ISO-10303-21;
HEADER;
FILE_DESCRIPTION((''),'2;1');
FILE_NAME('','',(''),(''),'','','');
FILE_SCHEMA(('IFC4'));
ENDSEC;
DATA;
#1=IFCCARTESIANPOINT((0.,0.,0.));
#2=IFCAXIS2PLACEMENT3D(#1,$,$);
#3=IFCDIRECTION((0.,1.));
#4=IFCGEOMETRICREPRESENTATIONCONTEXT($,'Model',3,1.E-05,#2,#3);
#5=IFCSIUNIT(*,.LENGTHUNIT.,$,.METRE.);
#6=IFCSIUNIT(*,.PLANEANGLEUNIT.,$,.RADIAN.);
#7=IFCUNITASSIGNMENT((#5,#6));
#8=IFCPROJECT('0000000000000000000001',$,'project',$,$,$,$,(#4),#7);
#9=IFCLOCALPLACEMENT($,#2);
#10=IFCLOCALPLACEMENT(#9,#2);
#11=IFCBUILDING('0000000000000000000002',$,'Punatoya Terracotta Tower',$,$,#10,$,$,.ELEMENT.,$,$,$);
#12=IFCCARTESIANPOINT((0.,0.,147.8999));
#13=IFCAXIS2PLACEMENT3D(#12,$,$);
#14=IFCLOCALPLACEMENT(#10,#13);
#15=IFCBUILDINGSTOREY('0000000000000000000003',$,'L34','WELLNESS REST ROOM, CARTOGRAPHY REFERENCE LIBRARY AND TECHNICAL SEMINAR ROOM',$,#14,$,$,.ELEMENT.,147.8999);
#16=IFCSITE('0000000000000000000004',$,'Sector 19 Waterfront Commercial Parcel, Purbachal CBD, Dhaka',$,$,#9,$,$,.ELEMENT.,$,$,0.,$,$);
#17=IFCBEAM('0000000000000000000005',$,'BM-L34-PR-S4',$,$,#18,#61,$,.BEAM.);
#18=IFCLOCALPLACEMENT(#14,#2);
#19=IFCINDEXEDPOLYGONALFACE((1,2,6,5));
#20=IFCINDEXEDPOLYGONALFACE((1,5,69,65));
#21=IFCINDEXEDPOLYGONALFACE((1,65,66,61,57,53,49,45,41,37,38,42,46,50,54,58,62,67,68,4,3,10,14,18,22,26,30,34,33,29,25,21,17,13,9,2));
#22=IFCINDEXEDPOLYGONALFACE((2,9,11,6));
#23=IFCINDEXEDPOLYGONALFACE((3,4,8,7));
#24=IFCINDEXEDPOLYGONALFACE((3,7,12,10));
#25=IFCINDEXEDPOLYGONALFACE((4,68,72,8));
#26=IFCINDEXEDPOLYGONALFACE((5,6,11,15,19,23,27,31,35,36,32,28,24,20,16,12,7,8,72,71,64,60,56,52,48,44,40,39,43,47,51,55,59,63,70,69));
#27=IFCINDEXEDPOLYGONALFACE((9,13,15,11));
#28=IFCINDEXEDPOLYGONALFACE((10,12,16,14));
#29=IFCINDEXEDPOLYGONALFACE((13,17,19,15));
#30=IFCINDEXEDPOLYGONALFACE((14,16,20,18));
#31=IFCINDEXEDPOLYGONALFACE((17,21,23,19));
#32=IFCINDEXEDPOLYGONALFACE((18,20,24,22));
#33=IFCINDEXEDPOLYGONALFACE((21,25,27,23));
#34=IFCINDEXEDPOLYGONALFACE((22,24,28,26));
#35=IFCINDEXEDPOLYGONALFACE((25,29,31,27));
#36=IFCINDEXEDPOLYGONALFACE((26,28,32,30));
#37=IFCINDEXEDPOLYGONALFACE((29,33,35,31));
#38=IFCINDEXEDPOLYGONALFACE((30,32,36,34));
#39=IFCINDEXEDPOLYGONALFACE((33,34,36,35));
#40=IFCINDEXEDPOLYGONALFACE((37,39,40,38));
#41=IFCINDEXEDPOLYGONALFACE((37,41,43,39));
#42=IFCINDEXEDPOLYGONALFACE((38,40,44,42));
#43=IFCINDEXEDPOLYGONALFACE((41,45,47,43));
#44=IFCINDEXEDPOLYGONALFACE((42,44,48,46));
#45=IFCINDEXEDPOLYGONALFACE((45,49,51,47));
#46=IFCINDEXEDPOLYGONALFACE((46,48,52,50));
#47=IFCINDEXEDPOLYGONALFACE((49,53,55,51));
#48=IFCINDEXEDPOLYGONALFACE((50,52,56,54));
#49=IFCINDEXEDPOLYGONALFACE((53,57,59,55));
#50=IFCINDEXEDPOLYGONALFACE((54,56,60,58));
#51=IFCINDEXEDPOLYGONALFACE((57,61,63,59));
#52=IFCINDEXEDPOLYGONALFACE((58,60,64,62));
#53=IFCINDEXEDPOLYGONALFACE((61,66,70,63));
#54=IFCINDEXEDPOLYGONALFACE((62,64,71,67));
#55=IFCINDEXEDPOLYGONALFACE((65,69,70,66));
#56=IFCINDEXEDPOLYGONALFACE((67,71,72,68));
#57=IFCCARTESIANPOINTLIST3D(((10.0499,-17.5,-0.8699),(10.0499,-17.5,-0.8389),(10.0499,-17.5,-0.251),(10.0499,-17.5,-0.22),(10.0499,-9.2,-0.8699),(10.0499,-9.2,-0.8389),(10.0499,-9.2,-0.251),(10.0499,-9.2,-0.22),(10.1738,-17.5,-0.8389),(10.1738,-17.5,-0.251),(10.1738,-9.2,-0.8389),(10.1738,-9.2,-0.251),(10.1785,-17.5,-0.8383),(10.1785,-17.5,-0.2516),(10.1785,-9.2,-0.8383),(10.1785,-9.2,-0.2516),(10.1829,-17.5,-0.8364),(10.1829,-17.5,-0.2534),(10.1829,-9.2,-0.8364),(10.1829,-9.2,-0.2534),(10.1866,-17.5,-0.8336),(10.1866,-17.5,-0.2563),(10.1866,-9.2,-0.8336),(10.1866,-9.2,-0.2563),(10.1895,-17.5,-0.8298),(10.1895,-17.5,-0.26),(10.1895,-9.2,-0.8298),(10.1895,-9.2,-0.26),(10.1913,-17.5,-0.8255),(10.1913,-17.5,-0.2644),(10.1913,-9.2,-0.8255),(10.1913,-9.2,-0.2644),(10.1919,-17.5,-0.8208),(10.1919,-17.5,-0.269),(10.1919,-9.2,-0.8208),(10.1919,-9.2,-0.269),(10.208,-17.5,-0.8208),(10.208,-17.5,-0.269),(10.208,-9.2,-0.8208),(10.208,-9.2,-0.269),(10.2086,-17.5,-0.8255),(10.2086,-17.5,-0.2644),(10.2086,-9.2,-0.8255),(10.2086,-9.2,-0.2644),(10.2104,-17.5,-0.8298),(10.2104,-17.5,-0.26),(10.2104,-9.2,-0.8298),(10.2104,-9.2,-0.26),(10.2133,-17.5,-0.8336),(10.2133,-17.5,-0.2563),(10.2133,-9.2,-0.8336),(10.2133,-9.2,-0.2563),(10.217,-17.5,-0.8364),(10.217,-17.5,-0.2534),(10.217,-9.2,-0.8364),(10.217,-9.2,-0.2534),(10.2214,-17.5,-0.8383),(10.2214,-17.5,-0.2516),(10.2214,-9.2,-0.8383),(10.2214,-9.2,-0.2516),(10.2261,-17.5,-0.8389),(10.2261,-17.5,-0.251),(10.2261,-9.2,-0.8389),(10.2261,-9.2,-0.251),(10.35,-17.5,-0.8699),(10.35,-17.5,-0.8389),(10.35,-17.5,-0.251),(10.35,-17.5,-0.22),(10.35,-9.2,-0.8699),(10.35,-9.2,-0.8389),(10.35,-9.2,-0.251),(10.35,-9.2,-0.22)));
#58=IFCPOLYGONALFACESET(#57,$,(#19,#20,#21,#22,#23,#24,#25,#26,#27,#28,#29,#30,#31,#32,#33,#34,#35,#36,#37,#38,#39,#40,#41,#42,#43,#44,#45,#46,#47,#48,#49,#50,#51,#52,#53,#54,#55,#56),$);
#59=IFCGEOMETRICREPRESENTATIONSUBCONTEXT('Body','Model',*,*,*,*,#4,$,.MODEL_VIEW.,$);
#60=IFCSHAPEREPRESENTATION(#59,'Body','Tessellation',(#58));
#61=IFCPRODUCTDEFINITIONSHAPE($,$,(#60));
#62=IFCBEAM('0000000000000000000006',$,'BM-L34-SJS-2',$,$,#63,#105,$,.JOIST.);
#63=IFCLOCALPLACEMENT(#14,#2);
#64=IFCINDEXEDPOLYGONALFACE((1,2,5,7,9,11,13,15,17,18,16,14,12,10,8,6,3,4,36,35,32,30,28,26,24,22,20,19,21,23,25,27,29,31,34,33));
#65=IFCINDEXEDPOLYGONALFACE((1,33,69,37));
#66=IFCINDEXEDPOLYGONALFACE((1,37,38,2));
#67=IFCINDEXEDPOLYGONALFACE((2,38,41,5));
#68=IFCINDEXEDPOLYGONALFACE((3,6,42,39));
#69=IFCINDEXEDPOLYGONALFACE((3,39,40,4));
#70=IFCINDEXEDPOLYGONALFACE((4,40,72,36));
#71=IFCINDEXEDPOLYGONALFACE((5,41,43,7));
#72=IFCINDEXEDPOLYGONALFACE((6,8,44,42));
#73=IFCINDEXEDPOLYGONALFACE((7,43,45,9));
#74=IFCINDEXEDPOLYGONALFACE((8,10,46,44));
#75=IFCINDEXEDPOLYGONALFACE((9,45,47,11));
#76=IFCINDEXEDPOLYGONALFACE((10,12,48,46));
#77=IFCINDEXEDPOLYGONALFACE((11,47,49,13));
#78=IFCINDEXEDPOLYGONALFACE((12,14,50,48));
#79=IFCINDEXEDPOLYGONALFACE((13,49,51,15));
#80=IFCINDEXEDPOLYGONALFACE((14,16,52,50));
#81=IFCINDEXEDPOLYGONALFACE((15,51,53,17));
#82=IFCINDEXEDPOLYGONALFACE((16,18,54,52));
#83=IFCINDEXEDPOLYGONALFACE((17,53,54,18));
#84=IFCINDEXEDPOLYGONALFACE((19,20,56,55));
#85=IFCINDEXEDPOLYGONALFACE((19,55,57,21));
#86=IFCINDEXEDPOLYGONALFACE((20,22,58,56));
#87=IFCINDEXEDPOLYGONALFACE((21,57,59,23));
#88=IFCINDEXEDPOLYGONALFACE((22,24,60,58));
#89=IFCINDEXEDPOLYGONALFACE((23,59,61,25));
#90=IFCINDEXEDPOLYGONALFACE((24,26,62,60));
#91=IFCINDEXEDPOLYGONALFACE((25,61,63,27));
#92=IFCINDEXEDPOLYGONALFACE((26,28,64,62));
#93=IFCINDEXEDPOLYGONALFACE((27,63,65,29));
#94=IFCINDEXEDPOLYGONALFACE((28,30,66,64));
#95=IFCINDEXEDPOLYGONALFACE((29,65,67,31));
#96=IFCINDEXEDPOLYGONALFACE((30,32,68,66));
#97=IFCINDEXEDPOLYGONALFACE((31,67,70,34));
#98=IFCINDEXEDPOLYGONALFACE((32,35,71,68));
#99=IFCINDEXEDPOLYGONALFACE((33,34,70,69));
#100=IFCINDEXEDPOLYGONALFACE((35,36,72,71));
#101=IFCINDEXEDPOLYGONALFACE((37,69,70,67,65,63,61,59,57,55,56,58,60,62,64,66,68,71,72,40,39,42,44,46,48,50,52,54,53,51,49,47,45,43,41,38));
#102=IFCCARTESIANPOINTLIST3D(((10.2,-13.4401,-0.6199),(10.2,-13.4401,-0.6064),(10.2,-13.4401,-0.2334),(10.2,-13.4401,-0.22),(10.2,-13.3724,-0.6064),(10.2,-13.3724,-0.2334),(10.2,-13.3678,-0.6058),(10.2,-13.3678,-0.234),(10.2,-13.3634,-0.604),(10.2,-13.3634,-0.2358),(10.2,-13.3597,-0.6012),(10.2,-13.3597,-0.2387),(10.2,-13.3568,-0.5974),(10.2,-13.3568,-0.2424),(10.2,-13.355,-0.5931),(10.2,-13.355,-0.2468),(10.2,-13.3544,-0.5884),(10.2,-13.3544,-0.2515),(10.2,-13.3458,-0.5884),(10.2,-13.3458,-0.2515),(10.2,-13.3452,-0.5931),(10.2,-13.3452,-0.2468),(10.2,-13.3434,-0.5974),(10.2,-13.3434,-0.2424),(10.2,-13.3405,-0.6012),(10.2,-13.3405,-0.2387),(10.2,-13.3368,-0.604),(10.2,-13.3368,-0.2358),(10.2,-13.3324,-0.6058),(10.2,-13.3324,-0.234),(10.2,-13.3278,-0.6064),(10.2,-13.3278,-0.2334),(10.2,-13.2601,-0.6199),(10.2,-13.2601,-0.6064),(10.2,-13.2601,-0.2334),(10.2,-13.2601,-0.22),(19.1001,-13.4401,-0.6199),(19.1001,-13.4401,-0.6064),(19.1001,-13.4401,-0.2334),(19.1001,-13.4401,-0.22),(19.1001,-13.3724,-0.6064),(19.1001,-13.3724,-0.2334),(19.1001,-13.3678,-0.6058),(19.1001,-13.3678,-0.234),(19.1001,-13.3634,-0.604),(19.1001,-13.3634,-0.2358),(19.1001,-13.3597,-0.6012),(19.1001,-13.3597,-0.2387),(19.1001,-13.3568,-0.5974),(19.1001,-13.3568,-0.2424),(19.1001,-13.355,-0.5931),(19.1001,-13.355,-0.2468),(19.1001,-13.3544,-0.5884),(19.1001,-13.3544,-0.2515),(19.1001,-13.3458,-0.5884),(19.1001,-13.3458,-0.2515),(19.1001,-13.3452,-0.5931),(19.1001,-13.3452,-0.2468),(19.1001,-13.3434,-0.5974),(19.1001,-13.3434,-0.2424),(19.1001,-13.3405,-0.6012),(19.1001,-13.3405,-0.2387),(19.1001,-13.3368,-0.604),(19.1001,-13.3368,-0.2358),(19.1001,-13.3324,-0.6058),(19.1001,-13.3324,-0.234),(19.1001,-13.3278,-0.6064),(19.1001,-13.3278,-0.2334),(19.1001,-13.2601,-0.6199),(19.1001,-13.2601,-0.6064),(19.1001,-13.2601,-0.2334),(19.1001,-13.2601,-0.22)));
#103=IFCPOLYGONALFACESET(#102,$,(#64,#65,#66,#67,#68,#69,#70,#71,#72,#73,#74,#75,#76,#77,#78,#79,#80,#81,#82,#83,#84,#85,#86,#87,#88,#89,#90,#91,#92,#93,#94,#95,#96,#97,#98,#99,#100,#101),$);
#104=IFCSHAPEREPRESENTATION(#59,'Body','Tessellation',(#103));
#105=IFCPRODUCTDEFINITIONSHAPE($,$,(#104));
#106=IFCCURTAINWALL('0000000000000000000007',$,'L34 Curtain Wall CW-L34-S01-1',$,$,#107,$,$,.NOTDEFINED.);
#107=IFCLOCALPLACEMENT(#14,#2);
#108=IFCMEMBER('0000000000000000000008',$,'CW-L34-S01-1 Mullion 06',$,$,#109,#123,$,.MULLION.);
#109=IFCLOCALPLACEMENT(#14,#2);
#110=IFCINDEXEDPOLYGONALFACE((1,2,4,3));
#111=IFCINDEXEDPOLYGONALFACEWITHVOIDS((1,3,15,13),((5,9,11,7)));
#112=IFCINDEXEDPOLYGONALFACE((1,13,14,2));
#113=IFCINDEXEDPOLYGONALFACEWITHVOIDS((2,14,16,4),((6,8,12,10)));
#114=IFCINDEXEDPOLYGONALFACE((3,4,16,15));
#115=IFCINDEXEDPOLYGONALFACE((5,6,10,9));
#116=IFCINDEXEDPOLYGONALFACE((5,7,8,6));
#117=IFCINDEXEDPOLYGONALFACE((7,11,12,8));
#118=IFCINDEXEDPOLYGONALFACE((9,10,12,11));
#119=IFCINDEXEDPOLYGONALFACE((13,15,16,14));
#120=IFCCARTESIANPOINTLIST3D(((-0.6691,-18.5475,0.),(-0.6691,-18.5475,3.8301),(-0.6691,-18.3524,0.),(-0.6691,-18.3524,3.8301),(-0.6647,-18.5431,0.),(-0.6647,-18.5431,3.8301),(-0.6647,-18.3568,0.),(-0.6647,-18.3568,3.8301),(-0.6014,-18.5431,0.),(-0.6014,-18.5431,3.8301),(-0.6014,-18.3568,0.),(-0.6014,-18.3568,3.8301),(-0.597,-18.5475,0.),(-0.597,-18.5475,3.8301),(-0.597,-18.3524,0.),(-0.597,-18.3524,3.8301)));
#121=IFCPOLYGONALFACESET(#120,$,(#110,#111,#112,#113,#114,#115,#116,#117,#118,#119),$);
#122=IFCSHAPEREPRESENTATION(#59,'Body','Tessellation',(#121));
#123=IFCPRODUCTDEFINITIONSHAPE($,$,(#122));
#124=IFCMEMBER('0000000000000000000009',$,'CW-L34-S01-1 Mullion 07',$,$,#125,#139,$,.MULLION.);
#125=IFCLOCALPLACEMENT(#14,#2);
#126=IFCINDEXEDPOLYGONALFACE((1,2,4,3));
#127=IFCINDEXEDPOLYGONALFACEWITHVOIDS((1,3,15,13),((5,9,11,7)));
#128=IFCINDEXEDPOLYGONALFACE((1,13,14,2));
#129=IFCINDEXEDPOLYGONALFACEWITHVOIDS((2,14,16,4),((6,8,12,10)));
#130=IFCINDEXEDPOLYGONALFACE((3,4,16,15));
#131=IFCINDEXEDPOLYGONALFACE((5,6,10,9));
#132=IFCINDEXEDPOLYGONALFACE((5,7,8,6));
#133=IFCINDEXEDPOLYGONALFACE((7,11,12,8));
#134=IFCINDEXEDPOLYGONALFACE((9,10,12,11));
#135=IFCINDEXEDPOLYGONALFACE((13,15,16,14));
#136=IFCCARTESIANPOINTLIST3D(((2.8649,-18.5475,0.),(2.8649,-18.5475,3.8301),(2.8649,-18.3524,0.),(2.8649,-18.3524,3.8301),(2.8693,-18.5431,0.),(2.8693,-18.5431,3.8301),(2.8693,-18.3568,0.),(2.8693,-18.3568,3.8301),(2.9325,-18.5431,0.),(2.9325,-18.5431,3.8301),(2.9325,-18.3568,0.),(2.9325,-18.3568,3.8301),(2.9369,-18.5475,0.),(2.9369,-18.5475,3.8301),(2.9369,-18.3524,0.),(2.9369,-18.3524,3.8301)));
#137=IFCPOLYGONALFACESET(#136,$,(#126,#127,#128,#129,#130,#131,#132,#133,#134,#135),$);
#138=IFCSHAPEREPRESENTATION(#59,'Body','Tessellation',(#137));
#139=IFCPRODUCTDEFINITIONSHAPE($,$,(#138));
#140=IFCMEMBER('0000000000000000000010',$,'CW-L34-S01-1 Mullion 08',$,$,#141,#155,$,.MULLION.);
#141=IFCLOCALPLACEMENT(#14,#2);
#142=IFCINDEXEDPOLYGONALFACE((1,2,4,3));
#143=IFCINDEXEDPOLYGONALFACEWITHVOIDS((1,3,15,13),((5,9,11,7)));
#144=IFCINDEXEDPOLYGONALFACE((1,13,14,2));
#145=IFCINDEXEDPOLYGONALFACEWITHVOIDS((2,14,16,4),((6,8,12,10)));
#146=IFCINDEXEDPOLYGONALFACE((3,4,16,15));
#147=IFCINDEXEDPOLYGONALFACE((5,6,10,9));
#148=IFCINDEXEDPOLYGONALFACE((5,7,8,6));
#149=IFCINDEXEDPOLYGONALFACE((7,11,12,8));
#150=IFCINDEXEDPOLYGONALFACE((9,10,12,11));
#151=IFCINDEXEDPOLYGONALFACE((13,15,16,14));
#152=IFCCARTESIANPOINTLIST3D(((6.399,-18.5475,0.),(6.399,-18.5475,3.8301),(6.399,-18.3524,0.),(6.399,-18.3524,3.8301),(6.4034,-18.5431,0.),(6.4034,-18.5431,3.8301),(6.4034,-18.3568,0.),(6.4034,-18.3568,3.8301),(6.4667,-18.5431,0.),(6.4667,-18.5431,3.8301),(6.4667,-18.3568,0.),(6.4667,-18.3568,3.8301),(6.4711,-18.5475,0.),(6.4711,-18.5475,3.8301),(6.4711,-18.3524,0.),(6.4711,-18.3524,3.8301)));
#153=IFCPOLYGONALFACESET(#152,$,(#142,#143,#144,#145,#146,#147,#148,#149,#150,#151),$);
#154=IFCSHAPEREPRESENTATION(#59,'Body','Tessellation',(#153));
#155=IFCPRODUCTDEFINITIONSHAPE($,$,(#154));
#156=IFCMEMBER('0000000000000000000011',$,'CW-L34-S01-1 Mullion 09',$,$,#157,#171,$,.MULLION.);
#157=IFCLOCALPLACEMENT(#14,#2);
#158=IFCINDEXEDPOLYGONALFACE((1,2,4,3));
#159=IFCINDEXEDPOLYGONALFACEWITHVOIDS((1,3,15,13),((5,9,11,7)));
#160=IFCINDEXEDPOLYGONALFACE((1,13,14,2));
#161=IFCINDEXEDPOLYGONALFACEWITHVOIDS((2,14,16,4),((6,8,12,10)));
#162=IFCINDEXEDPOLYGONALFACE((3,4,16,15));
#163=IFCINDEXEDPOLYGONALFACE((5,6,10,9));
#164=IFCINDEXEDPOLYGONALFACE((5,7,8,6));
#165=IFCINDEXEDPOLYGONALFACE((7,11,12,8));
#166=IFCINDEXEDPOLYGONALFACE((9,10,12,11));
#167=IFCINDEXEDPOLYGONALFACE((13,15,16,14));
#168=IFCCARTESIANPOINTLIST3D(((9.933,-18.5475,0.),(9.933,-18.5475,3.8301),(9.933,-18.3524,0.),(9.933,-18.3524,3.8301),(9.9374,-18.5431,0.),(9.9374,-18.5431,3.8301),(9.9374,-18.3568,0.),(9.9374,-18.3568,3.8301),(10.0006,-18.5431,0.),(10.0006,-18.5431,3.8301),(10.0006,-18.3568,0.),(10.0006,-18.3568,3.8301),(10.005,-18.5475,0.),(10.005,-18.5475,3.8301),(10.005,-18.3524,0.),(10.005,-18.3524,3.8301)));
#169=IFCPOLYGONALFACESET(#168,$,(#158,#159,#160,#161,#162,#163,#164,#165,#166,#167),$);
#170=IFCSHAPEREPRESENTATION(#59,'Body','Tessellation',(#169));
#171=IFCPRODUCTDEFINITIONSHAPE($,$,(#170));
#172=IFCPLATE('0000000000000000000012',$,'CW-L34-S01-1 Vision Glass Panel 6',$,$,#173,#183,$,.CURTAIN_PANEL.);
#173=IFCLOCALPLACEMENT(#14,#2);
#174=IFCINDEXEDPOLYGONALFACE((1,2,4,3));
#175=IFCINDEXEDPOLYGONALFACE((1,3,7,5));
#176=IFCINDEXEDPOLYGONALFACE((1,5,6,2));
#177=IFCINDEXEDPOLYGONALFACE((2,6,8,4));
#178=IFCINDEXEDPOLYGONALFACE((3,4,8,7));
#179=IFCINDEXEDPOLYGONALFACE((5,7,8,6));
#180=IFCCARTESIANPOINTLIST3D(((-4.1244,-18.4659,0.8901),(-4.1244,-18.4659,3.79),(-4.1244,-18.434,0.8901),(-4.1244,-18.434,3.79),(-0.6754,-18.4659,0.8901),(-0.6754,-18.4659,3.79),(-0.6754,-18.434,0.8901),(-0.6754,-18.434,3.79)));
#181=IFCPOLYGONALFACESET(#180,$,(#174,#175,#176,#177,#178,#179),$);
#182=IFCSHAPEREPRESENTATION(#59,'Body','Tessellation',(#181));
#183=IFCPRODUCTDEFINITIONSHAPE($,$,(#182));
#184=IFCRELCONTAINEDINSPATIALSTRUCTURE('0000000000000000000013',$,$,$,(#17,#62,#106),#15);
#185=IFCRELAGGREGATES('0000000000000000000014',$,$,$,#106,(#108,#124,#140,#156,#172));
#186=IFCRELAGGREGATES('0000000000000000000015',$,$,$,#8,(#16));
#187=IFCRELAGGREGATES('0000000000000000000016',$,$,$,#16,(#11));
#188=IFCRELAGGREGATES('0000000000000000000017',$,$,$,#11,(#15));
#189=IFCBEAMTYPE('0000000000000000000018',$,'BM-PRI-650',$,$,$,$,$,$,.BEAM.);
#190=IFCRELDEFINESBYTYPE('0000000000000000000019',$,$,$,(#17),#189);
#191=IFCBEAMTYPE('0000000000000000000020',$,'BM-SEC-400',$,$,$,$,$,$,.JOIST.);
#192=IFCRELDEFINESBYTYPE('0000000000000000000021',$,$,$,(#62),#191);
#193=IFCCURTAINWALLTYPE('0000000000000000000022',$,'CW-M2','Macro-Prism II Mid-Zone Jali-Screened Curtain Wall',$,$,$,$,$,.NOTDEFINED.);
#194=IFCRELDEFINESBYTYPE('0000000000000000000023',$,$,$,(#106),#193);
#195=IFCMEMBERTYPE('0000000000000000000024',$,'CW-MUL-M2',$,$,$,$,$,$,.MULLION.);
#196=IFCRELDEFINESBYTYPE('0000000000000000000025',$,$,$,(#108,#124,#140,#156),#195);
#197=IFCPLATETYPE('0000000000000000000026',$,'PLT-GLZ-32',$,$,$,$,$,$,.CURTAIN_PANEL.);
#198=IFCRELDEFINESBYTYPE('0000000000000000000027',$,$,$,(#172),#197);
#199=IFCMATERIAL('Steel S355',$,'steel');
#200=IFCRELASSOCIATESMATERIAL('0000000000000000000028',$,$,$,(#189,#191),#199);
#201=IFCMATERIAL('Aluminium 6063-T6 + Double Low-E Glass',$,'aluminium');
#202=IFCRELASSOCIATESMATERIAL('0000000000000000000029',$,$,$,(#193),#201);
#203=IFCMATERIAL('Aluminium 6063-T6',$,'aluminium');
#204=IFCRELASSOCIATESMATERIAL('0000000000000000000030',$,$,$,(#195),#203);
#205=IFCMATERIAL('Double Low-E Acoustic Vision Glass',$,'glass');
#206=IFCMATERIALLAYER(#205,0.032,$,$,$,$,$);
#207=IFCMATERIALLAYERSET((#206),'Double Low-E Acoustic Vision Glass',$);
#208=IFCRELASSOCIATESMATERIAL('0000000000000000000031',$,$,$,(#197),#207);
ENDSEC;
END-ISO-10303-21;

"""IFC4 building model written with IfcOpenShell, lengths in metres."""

from ifc_helpers import new_model, si_unit, direction, frame, origin, origin_2d, place, context, subcontext, project, spatial, rectangle, hollow_rectangle, i_section, extrude, material, layer, layer_set, material_profile, profile_set, type_object, element, aggregate, save


model = new_model("IFC4")

# Units and contexts
model_context = context("Model", 3, precision=1e-05, world=origin(), true_north=direction((0.0, 1.0)))
body_context = subcontext(model_context, "Body", "Model", "MODEL_VIEW")
ifc_project = project(units=[si_unit("LENGTHUNIT", "METRE"), si_unit("PLANEANGLEUNIT", "RADIAN")], contexts=[model_context])

# Site, building, storey
site_placement = place(None, origin())
site = spatial("IfcSite", under=ifc_project, at=site_placement, Name="Sector 19 Waterfront Commercial Parcel, Purbachal CBD, Dhaka", CompositionType="ELEMENT", RefElevation=0.0)
building_placement = place(site_placement, origin())
building = spatial("IfcBuilding", under=site, at=building_placement, Name="Punatoya Terracotta Tower", CompositionType="ELEMENT")
storey_placement = place(building_placement, frame((0.0, 0.0, 147.8999)))
storey = spatial("IfcBuildingStorey", under=building, at=storey_placement, Name="L34", Description="WELLNESS REST ROOM, CARTOGRAPHY REFERENCE LIBRARY AND TECHNICAL SEMINAR ROOM", CompositionType="ELEMENT", Elevation=147.8999)

# Beams
ifc_material_1 = material(Name="Steel S355", Category="steel")
ifc_material_profile_1 = material_profile(ifc_material_1, i_section(OverallWidth=0.3, OverallDepth=0.6499, WebThickness=0.0161, FlangeThickness=0.031, FilletRadius=0.0181, at=origin_2d()))
ifc_profile_set_1 = profile_set([ifc_material_profile_1], Name="Steel S355")
beam_type_1 = type_object("IfcBeamType", Name="BM-PRI-650", PredefinedType="BEAM", material=ifc_profile_set_1)
for number, where, z_axis, x_axis, name in (
    (1, (10.2, -17.5, -0.5449), (0.0, 1.0, 0.0), (-1.0, 0.0, 0.0), "BM-L34-PR-S4"),
):
    element("IfcBeam", number, at=place(storey_placement, frame(where, z_axis=z_axis, x_axis=x_axis)), inside=storey, type_object=beam_type_1, Name=name, PredefinedType="BEAM", context=body_context, shape_type="SweptSolid", body=[
        extrude(i_section(OverallWidth=0.3, OverallDepth=0.6499, WebThickness=0.0161, FlangeThickness=0.031, FilletRadius=0.0181, at=origin_2d()), origin(), (0.0, 0.0, 1.0), 8.3),
    ])
ifc_material_profile_2 = material_profile(ifc_material_1, i_section(OverallWidth=0.1799, OverallDepth=0.3999, WebThickness=0.0085, FlangeThickness=0.0134, FilletRadius=0.0181, at=origin_2d()))
ifc_profile_set_2 = profile_set([ifc_material_profile_2], Name="Steel S355")
beam_type_2 = type_object("IfcBeamType", Name="BM-SEC-400", PredefinedType="JOIST", material=ifc_profile_set_2)
beam_1_placement = place(storey_placement, frame((10.2, -13.3501, -0.4199), z_axis=(1.0, 0.0, 0.0), x_axis=(0.0, 1.0, 0.0)))
element("IfcBeam", 2, at=beam_1_placement, inside=storey, type_object=beam_type_2, Name="BM-L34-SJS-2", PredefinedType="JOIST", context=body_context, shape_type="SweptSolid", body=[
    extrude(i_section(OverallWidth=0.1799, OverallDepth=0.3999, WebThickness=0.0085, FlangeThickness=0.0134, FilletRadius=0.0181, at=origin_2d()), origin(), (0.0, 0.0, 1.0), 8.9001),
])

# Curtain wall, members, plate
ifc_material_2 = material(Name="Aluminium 6063-T6 + Double Low-E Glass", Category="aluminium")
curtain_wall_type = type_object("IfcCurtainWallType", Name="CW-M2", Description="Macro-Prism II Mid-Zone Jali-Screened Curtain Wall", PredefinedType="NOTDEFINED", material=ifc_material_2)
curtain_wall_placement = place(storey_placement, origin())
curtain_wall = element("IfcCurtainWall", 3, at=curtain_wall_placement, inside=storey, type_object=curtain_wall_type, Name="L34 Curtain Wall CW-L34-S01-1", PredefinedType="NOTDEFINED")
ifc_material_3 = material(Name="Aluminium 6063-T6", Category="aluminium")
ifc_material_profile_3 = material_profile(ifc_material_3, hollow_rectangle(XDim=0.072, YDim=0.1951, WallThickness=0.0044, at=origin_2d()))
ifc_profile_set_3 = profile_set([ifc_material_profile_3], Name="Aluminium 6063-T6")
member_type = type_object("IfcMemberType", Name="CW-MUL-M2", PredefinedType="MULLION", material=ifc_profile_set_3)
member_1_placement = place(storey_placement, frame((-0.6331, -18.45, 0.0), z_axis=(0.0, 0.0, 1.0), x_axis=(1.0, 0.0, 0.0)))
member_1 = element("IfcMember", 4, at=member_1_placement, type_object=member_type, Name="CW-L34-S01-1 Mullion 06", PredefinedType="MULLION", context=body_context, shape_type="SweptSolid", body=[
    extrude(hollow_rectangle(XDim=0.072, YDim=0.1951, WallThickness=0.0044, at=origin_2d()), origin(), (0.0, 0.0, 1.0), 3.8301),
])
member_2_placement = place(storey_placement, frame((2.9009, -18.45, 0.0), z_axis=(0.0, 0.0, 1.0), x_axis=(1.0, 0.0, 0.0)))
member_2 = element("IfcMember", 5, at=member_2_placement, type_object=member_type, Name="CW-L34-S01-1 Mullion 07", PredefinedType="MULLION", context=body_context, shape_type="SweptSolid", body=[
    extrude(hollow_rectangle(XDim=0.072, YDim=0.1951, WallThickness=0.0044, at=origin_2d()), origin(), (0.0, 0.0, 1.0), 3.8301),
])
member_3_placement = place(storey_placement, frame((6.4351, -18.45, 0.0), z_axis=(0.0, 0.0, 1.0), x_axis=(1.0, 0.0, 0.0)))
member_3 = element("IfcMember", 6, at=member_3_placement, type_object=member_type, Name="CW-L34-S01-1 Mullion 08", PredefinedType="MULLION", context=body_context, shape_type="SweptSolid", body=[
    extrude(hollow_rectangle(XDim=0.072, YDim=0.1951, WallThickness=0.0044, at=origin_2d()), origin(), (0.0, 0.0, 1.0), 3.8301),
])
member_4_placement = place(storey_placement, frame((9.969, -18.45, 0.0), z_axis=(0.0, 0.0, 1.0), x_axis=(1.0, 0.0, 0.0)))
member_4 = element("IfcMember", 7, at=member_4_placement, type_object=member_type, Name="CW-L34-S01-1 Mullion 09", PredefinedType="MULLION", context=body_context, shape_type="SweptSolid", body=[
    extrude(hollow_rectangle(XDim=0.072, YDim=0.1951, WallThickness=0.0044, at=origin_2d()), origin(), (0.0, 0.0, 1.0), 3.8301),
])
ifc_material_4 = material(Name="Double Low-E Acoustic Vision Glass", Category="glass")
ifc_layer_1 = layer(ifc_material_4, 0.032)
ifc_layer_set_1 = layer_set([ifc_layer_1], Name="Double Low-E Acoustic Vision Glass")
plate_type_1 = type_object("IfcPlateType", Name="PLT-GLZ-32", PredefinedType="CURTAIN_PANEL", material=ifc_layer_set_1)
plate_1_placement = place(storey_placement, frame((-2.3999, -18.45, 0.8901), z_axis=(0.0, 0.0, 1.0), x_axis=(1.0, 0.0, 0.0)))
plate_1 = element("IfcPlate", 8, at=plate_1_placement, type_object=plate_type_1, Name="CW-L34-S01-1 Vision Glass Panel 6", PredefinedType="CURTAIN_PANEL", context=body_context, shape_type="SweptSolid", body=[
    extrude(rectangle(XDim=3.449, YDim=0.032, at=origin_2d()), origin(), (0.0, 0.0, 1.0), 2.8999),
])
aggregate(curtain_wall, [member_1, member_2, member_3, member_4, plate_1])

save(model, "model.ifc")
